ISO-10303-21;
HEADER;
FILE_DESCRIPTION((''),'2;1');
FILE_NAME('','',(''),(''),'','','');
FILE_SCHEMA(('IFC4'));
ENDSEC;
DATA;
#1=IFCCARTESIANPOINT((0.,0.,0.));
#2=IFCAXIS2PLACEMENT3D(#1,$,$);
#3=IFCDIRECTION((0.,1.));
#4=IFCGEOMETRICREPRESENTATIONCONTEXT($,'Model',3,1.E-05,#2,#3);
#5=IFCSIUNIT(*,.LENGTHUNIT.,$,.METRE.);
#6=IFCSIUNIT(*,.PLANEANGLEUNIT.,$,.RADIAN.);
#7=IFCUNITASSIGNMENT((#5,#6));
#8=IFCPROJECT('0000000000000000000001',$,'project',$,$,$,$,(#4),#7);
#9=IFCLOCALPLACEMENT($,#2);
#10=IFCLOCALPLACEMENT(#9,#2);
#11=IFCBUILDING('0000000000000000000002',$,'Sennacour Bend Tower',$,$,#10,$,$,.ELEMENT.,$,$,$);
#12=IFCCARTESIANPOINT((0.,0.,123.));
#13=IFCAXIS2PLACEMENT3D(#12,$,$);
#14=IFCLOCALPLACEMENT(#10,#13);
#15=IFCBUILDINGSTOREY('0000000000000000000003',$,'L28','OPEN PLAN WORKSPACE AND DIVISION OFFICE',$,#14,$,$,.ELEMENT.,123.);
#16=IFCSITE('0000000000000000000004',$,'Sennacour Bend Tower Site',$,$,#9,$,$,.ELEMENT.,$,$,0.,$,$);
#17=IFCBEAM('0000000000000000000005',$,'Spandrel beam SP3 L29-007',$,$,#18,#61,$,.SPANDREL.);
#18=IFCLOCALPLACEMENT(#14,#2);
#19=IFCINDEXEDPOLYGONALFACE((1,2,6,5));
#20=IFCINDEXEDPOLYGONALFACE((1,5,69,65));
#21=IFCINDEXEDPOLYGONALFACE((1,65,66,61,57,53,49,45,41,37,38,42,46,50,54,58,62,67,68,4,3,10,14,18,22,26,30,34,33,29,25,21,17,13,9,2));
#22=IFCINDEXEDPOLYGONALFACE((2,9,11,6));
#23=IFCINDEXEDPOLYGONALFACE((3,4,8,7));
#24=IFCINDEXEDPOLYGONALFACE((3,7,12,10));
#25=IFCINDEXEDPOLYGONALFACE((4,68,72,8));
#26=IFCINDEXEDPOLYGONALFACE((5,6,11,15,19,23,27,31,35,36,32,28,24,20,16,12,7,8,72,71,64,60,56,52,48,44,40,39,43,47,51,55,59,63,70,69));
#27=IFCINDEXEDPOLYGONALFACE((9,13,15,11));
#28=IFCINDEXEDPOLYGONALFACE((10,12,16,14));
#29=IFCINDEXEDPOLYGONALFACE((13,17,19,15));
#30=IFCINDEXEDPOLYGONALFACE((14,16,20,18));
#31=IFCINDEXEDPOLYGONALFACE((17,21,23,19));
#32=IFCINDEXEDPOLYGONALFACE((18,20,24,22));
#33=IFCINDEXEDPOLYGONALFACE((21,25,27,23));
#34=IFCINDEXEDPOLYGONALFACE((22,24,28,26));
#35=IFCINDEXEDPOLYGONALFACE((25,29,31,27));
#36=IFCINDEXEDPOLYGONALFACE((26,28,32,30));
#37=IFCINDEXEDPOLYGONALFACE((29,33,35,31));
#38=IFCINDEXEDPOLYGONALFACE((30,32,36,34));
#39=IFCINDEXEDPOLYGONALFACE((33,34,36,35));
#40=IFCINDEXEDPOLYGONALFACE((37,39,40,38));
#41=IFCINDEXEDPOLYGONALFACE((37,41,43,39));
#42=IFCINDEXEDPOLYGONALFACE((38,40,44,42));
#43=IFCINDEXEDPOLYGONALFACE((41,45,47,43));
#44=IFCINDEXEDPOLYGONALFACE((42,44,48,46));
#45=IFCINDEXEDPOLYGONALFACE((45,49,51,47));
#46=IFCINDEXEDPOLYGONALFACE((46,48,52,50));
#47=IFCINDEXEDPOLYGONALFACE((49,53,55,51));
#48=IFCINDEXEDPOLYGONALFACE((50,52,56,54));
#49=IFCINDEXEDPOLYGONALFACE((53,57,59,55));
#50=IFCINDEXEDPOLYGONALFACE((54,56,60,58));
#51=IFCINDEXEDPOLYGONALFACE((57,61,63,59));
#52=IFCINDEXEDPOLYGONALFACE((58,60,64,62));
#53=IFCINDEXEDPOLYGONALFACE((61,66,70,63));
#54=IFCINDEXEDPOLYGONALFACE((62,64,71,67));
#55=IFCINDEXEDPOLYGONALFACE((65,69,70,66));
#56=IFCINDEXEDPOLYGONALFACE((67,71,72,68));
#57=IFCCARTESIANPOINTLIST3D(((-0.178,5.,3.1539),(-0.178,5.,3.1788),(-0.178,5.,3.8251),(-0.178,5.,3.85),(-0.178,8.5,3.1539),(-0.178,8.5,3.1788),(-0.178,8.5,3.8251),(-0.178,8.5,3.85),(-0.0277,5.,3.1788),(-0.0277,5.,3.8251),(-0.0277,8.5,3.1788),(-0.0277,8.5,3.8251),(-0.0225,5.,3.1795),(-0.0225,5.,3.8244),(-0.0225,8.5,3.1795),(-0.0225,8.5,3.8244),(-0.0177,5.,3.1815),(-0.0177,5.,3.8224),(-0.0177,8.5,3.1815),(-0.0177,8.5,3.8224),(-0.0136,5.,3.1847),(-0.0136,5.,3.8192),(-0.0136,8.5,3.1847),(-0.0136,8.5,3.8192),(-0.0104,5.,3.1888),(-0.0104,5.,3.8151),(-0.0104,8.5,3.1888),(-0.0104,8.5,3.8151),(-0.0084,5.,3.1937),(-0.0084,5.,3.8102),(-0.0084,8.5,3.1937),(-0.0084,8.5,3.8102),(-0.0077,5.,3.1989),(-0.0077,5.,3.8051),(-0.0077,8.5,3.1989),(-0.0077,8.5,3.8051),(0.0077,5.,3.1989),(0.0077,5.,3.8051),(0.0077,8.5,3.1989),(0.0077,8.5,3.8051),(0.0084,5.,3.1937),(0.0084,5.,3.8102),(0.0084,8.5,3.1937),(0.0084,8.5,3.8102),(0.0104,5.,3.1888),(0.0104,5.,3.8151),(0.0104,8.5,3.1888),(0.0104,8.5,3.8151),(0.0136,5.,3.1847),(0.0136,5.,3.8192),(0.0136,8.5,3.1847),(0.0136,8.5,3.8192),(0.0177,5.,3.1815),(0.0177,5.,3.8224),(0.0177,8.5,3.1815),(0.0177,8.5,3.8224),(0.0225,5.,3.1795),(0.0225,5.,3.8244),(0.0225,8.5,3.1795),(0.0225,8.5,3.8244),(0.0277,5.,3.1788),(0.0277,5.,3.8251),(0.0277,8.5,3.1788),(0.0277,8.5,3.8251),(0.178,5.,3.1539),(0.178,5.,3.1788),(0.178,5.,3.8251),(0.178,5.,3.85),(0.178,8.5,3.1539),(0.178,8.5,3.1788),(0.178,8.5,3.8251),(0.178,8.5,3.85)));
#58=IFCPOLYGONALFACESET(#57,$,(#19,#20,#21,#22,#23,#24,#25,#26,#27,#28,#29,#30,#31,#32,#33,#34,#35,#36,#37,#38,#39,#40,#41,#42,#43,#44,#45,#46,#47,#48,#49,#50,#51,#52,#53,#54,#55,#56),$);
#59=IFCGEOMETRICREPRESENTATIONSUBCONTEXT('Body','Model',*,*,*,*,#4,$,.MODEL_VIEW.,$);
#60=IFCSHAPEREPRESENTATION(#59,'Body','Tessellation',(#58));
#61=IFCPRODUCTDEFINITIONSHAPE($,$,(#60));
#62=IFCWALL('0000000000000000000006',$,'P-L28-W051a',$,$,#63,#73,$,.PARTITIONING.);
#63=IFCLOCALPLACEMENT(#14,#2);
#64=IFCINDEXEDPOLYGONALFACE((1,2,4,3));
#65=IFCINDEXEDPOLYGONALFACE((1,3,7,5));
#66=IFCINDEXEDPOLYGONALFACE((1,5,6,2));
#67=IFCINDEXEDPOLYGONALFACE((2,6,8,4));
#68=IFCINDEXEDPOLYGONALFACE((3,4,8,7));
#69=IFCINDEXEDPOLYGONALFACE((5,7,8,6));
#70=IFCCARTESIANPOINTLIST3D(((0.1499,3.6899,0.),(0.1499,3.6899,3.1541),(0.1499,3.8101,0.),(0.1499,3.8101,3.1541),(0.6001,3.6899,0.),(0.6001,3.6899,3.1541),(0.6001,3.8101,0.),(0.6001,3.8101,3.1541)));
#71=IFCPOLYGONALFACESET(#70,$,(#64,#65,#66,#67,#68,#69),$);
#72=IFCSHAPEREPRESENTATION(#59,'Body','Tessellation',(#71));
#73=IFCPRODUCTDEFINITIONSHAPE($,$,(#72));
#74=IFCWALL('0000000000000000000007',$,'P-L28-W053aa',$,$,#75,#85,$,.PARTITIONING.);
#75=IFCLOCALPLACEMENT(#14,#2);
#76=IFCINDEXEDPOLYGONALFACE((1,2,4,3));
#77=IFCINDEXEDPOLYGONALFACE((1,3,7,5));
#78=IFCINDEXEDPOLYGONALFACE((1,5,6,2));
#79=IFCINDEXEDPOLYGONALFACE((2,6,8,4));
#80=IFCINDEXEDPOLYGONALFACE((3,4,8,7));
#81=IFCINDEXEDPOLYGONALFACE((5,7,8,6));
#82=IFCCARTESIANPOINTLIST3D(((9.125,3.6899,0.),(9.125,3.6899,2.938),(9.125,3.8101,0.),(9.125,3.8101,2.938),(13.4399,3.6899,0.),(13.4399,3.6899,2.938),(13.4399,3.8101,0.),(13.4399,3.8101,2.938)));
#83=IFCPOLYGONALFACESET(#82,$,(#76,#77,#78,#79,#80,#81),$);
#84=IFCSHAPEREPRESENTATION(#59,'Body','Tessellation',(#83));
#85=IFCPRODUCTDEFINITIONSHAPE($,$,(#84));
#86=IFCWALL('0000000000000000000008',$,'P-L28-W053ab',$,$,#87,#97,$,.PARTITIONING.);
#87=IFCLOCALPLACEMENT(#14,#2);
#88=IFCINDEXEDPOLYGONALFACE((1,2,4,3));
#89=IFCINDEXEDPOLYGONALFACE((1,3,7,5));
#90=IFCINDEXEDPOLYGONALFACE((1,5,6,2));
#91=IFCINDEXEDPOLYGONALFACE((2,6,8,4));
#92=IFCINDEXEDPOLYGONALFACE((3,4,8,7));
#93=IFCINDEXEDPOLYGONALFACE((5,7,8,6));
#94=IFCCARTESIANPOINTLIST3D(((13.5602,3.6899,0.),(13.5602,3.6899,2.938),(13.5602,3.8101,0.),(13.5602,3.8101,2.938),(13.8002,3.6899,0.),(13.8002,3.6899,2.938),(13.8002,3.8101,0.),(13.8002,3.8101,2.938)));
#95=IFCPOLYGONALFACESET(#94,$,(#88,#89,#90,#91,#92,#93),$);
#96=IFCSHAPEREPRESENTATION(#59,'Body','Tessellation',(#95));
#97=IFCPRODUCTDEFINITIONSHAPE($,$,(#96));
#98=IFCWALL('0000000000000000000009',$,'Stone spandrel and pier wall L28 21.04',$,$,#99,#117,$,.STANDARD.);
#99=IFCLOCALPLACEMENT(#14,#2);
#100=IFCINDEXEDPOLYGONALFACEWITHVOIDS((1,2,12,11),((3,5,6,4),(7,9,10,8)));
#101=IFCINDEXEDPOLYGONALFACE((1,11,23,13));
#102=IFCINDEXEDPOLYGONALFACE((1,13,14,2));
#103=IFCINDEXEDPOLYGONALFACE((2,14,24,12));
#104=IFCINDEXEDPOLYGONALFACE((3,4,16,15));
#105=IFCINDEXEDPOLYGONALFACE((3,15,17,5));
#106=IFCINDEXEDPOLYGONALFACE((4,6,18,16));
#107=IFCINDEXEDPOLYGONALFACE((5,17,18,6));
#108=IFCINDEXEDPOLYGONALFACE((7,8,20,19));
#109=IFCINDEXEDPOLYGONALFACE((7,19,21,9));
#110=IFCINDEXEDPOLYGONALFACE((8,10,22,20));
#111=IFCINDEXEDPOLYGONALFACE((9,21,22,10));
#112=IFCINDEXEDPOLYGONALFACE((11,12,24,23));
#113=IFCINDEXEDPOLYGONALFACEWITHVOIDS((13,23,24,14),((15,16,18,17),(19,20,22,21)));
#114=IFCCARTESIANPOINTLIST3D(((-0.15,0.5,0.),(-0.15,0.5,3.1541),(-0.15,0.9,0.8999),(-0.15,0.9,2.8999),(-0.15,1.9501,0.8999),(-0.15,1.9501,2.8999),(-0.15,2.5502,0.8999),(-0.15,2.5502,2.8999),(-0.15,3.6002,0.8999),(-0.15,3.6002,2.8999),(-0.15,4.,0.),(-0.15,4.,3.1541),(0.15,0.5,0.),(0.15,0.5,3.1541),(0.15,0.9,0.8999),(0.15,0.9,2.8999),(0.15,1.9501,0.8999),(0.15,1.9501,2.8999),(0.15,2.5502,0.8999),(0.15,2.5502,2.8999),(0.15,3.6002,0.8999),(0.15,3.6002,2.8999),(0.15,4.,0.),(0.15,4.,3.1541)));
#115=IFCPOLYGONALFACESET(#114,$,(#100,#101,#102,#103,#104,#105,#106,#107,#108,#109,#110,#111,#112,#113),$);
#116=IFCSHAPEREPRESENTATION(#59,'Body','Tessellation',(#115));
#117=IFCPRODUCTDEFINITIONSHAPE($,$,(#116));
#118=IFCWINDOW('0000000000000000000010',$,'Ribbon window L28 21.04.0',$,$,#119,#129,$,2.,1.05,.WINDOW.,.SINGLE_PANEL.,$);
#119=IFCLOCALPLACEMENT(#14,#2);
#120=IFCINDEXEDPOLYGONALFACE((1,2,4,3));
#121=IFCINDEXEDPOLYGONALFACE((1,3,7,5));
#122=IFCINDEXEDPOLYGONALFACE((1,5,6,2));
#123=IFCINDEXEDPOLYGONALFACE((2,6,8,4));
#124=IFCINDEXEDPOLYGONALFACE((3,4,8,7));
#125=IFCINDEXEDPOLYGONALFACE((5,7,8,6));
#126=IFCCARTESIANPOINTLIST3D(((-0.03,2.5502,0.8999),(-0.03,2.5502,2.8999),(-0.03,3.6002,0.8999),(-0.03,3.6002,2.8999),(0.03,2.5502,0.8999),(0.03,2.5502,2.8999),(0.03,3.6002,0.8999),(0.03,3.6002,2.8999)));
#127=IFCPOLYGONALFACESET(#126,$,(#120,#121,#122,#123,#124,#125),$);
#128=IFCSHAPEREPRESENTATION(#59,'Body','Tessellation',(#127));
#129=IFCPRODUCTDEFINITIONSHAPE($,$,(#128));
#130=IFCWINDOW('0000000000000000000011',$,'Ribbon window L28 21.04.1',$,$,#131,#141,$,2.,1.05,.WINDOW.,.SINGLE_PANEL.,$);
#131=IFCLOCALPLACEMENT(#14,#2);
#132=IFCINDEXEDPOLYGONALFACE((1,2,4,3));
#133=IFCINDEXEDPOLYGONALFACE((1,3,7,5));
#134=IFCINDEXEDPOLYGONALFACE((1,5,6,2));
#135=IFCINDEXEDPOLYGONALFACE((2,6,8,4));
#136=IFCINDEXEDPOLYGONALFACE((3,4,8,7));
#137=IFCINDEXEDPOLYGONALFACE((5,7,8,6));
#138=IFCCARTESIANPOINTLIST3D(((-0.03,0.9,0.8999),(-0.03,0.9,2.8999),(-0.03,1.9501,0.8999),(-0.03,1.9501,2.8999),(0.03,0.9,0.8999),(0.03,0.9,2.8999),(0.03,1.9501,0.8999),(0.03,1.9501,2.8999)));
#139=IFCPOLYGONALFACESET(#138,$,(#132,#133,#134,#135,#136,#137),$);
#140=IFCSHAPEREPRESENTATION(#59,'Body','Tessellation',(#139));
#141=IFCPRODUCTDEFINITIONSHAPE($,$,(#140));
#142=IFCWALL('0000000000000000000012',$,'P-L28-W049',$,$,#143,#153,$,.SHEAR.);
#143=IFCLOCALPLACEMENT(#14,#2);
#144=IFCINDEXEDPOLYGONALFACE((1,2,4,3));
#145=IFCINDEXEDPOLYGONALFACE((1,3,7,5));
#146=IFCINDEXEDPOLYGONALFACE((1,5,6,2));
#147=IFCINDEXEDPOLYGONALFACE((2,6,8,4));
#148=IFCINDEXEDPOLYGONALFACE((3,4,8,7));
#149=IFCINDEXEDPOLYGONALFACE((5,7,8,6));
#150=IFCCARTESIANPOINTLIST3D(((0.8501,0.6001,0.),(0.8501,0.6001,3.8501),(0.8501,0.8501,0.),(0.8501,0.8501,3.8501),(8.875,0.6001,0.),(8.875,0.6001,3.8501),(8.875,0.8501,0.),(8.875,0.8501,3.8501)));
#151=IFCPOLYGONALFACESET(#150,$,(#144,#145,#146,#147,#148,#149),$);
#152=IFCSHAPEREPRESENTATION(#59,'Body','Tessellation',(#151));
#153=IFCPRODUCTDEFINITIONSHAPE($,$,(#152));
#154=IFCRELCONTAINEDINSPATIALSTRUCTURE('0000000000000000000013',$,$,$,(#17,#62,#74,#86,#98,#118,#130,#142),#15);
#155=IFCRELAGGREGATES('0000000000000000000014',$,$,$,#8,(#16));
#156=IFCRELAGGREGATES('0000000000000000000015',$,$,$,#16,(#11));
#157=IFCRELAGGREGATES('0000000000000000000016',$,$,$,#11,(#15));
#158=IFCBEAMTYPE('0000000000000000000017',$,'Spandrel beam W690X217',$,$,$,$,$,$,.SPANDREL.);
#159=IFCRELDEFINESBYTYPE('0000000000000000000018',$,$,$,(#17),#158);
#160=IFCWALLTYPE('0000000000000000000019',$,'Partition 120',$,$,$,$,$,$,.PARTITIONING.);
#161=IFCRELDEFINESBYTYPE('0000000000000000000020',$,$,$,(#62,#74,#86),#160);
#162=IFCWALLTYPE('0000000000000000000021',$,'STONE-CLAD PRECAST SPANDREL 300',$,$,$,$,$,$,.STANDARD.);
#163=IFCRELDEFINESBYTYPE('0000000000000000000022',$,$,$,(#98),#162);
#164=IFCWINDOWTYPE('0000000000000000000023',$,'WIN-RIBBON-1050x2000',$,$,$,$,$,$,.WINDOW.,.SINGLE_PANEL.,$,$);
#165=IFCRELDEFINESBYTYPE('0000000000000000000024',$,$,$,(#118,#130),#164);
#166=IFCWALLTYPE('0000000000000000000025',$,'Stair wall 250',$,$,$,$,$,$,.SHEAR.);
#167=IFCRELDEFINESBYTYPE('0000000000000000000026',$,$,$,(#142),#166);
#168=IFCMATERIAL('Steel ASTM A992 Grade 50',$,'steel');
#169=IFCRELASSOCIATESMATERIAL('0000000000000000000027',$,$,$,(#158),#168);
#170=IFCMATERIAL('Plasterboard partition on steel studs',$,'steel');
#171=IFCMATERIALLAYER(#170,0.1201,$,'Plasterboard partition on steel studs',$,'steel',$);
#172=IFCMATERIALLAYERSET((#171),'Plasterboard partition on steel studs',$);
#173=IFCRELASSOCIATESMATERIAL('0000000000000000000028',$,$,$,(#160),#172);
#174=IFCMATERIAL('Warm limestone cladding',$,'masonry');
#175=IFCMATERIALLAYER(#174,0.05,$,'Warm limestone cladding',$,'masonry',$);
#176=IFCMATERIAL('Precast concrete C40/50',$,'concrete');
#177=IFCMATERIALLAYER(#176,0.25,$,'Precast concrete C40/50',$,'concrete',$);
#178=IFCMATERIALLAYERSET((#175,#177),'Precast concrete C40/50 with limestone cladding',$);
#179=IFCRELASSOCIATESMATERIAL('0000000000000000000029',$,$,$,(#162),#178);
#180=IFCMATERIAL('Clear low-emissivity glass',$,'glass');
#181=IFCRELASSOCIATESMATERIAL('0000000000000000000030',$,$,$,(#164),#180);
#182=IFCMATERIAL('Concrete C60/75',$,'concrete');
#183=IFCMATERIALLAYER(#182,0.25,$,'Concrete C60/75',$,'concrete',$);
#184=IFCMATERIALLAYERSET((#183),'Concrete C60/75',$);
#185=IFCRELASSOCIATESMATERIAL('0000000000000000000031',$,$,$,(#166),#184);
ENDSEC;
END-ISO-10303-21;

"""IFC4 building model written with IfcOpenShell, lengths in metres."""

from ifc_helpers import new_model, si_unit, direction, frame, frame_2d, origin, origin_2d, place, context, subcontext, project, spatial, rectangle, i_section, extrude, material, layer, layer_set, material_profile, profile_set, type_object, element, fill, save


model = new_model("IFC4")

# Units and contexts
model_context = context("Model", 3, precision=1e-05, world=origin(), true_north=direction((0.0, 1.0)))
body_context = subcontext(model_context, "Body", "Model", "MODEL_VIEW")
ifc_project = project(units=[si_unit("LENGTHUNIT", "METRE"), si_unit("PLANEANGLEUNIT", "RADIAN")], contexts=[model_context])

# Site, building, storey
site_placement = place(None, origin())
site = spatial("IfcSite", under=ifc_project, at=site_placement, Name="Sennacour Bend Tower Site", CompositionType="ELEMENT", RefElevation=0.0)
building_placement = place(site_placement, origin())
building = spatial("IfcBuilding", under=site, at=building_placement, Name="Sennacour Bend Tower", CompositionType="ELEMENT")
storey_placement = place(building_placement, frame((0.0, 0.0, 123.0)))
storey = spatial("IfcBuildingStorey", under=building, at=storey_placement, Name="L28", Description="OPEN PLAN WORKSPACE AND DIVISION OFFICE", CompositionType="ELEMENT", Elevation=123.0)

# Beam
ifc_material_1 = material(Name="Steel ASTM A992 Grade 50", Category="steel")
ifc_material_profile_1 = material_profile(ifc_material_1, i_section(OverallWidth=0.356, OverallDepth=0.696, WebThickness=0.0154, FlangeThickness=0.0249, FilletRadius=0.02, at=origin_2d()), Name="Steel ASTM A992 Grade 50", Category="steel")
ifc_profile_set_1 = profile_set([ifc_material_profile_1], Name="Steel ASTM A992 Grade 50")
beam_type_1 = type_object("IfcBeamType", Name="Spandrel beam W690X217", PredefinedType="SPANDREL", material=ifc_profile_set_1)
beam_placement = place(storey_placement, frame((0.0, 5.0, 3.502), z_axis=(0.0, 1.0, 0.0), x_axis=(-1.0, 0.0, 0.0)))
element("IfcBeam", 1, at=beam_placement, inside=storey, type_object=beam_type_1, Name="Spandrel beam SP3 L29-007", PredefinedType="SPANDREL", context=body_context, shape_type="SweptSolid", body=[
    extrude(i_section(OverallWidth=0.356, OverallDepth=0.696, WebThickness=0.0154, FlangeThickness=0.0249, FilletRadius=0.02, at=origin_2d()), origin(), (0.0, 0.0, 1.0), 3.5),
])

# Walls
ifc_material_2 = material(Name="Plasterboard partition on steel studs", Category="steel")
ifc_layer_1 = layer(ifc_material_2, 0.1201, Name="Plasterboard partition on steel studs", Category="steel")
ifc_layer_set_1 = layer_set([ifc_layer_1], Name="Plasterboard partition on steel studs")
wall_type_1 = type_object("IfcWallType", Name="Partition 120", PredefinedType="PARTITIONING", material=ifc_layer_set_1)
wall_1_placement = place(storey_placement, frame((0.1499, 3.75, 0.0), z_axis=(0.0, 0.0, 1.0), x_axis=(1.0, 0.0, 0.0)))
element("IfcWall", 2, at=wall_1_placement, inside=storey, type_object=wall_type_1, Name="P-L28-W051a", PredefinedType="PARTITIONING", context=body_context, shape_type="SweptSolid", body=[
    extrude(rectangle(XDim=0.4502, YDim=0.1201, at=frame_2d((0.2251, 0.0))), origin(), (0.0, 0.0, 1.0), 3.1541),
])
wall_2_placement = place(storey_placement, frame((9.125, 3.75, 0.0), z_axis=(0.0, 0.0, 1.0), x_axis=(1.0, 0.0, 0.0)))
element("IfcWall", 3, at=wall_2_placement, inside=storey, type_object=wall_type_1, Name="P-L28-W053aa", PredefinedType="PARTITIONING", context=body_context, shape_type="SweptSolid", body=[
    extrude(rectangle(XDim=4.3149, YDim=0.1201, at=frame_2d((2.1575, 0.0))), origin(), (0.0, 0.0, 1.0), 2.938),
])
wall_3_placement = place(storey_placement, frame((13.5601, 3.75, 0.0), z_axis=(0.0, 0.0, 1.0), x_axis=(1.0, 0.0, 0.0)))
element("IfcWall", 4, at=wall_3_placement, inside=storey, type_object=wall_type_1, Name="P-L28-W053ab", PredefinedType="PARTITIONING", context=body_context, shape_type="SweptSolid", body=[
    extrude(rectangle(XDim=0.24, YDim=0.1201, at=frame_2d((0.1201, 0.0))), origin(), (0.0, 0.0, 1.0), 2.938),
])

# Wall, openings, windows
ifc_material_3 = material(Name="Warm limestone cladding", Category="masonry")
ifc_layer_2 = layer(ifc_material_3, 0.05, Name="Warm limestone cladding", Category="masonry")
ifc_material_4 = material(Name="Precast concrete C40/50", Category="concrete")
ifc_layer_3 = layer(ifc_material_4, 0.25, Name="Precast concrete C40/50", Category="concrete")
ifc_layer_set_2 = layer_set([ifc_layer_2, ifc_layer_3], Name="Precast concrete C40/50 with limestone cladding")
wall_type_2 = type_object("IfcWallType", Name="STONE-CLAD PRECAST SPANDREL 300", PredefinedType="STANDARD", material=ifc_layer_set_2)
wall_4_placement = place(storey_placement, frame((0.0, 4.0, 0.0), z_axis=(0.0, 0.0, 1.0), x_axis=(0.0, -1.0, 0.0)))
wall_4 = element("IfcWall", 5, at=wall_4_placement, inside=storey, type_object=wall_type_2, Name="Stone spandrel and pier wall L28 21.04", PredefinedType="STANDARD", context=body_context, shape_type="SweptSolid", body=[
    extrude(rectangle(XDim=3.5, YDim=0.3, at=frame_2d((1.75, 0.0))), origin(), (0.0, 0.0, 1.0), 3.1541),
])
opening_1_placement = place(wall_4_placement, frame((0.3999, 0.0, 0.8999)))
opening_1 = element("IfcOpeningElement", 6, at=opening_1_placement, cuts=wall_4, PredefinedType="OPENING", context=body_context, shape_type="SweptSolid", body=[
    extrude(rectangle(XDim=1.05, YDim=2.0, at=frame_2d((0.5249, 1.0))), frame((0.0, 0.1602, 0.0), z_axis=(0.0, -1.0, 0.0), x_axis=(1.0, 0.0, 0.0)), (0.0, 0.0, 1.0), 0.3201),
])
opening_2_placement = place(wall_4_placement, frame((2.05, 0.0, 0.8999)))
opening_2 = element("IfcOpeningElement", 7, at=opening_2_placement, cuts=wall_4, PredefinedType="OPENING", context=body_context, shape_type="SweptSolid", body=[
    extrude(rectangle(XDim=1.05, YDim=2.0, at=frame_2d((0.5249, 1.0))), frame((0.0, 0.1602, 0.0), z_axis=(0.0, -1.0, 0.0), x_axis=(1.0, 0.0, 0.0)), (0.0, 0.0, 1.0), 0.3201),
])
ifc_material_5 = material(Name="Clear low-emissivity glass", Category="glass")
window_type = type_object("IfcWindowType", Name="WIN-RIBBON-1050x2000", PartitioningType="SINGLE_PANEL", PredefinedType="WINDOW", material=ifc_material_5)
window_1_placement = place(opening_1_placement, origin())
window_1 = element("IfcWindow", 8, at=window_1_placement, inside=storey, type_object=window_type, Name="Ribbon window L28 21.04.0", OverallHeight=2.0, OverallWidth=1.05, PartitioningType="SINGLE_PANEL", PredefinedType="WINDOW", context=body_context, shape_type="SweptSolid", body=[
    extrude(rectangle(XDim=1.05, YDim=2.0, at=frame_2d((0.5249, 1.0))), frame((0.0, 0.03, 0.0), z_axis=(0.0, -1.0, 0.0), x_axis=(1.0, 0.0, 0.0)), (0.0, 0.0, 1.0), 0.0601),
])
fill(opening_1, window_1)
window_2_placement = place(opening_2_placement, origin())
window_2 = element("IfcWindow", 9, at=window_2_placement, inside=storey, type_object=window_type, Name="Ribbon window L28 21.04.1", OverallHeight=2.0, OverallWidth=1.05, PartitioningType="SINGLE_PANEL", PredefinedType="WINDOW", context=body_context, shape_type="SweptSolid", body=[
    extrude(rectangle(XDim=1.05, YDim=2.0, at=frame_2d((0.5249, 1.0))), frame((0.0, 0.03, 0.0), z_axis=(0.0, -1.0, 0.0), x_axis=(1.0, 0.0, 0.0)), (0.0, 0.0, 1.0), 0.0601),
])
fill(opening_2, window_2)

# Wall
ifc_material_6 = material(Name="Concrete C60/75", Category="concrete")
ifc_layer_4 = layer(ifc_material_6, 0.25, Name="Concrete C60/75", Category="concrete")
ifc_layer_set_3 = layer_set([ifc_layer_4], Name="Concrete C60/75")
wall_type_3 = type_object("IfcWallType", Name="Stair wall 250", PredefinedType="SHEAR", material=ifc_layer_set_3)
wall_5_placement = place(storey_placement, frame((0.8501, 0.7251, 0.0), z_axis=(0.0, 0.0, 1.0), x_axis=(1.0, 0.0, 0.0)))
element("IfcWall", 10, at=wall_5_placement, inside=storey, type_object=wall_type_3, Name="P-L28-W049", PredefinedType="SHEAR", context=body_context, shape_type="SweptSolid", body=[
    extrude(rectangle(XDim=8.0249, YDim=0.25, at=frame_2d((4.0125, 0.0))), origin(), (0.0, 0.0, 1.0), 3.8501),
])

save(model, "model.ifc")
